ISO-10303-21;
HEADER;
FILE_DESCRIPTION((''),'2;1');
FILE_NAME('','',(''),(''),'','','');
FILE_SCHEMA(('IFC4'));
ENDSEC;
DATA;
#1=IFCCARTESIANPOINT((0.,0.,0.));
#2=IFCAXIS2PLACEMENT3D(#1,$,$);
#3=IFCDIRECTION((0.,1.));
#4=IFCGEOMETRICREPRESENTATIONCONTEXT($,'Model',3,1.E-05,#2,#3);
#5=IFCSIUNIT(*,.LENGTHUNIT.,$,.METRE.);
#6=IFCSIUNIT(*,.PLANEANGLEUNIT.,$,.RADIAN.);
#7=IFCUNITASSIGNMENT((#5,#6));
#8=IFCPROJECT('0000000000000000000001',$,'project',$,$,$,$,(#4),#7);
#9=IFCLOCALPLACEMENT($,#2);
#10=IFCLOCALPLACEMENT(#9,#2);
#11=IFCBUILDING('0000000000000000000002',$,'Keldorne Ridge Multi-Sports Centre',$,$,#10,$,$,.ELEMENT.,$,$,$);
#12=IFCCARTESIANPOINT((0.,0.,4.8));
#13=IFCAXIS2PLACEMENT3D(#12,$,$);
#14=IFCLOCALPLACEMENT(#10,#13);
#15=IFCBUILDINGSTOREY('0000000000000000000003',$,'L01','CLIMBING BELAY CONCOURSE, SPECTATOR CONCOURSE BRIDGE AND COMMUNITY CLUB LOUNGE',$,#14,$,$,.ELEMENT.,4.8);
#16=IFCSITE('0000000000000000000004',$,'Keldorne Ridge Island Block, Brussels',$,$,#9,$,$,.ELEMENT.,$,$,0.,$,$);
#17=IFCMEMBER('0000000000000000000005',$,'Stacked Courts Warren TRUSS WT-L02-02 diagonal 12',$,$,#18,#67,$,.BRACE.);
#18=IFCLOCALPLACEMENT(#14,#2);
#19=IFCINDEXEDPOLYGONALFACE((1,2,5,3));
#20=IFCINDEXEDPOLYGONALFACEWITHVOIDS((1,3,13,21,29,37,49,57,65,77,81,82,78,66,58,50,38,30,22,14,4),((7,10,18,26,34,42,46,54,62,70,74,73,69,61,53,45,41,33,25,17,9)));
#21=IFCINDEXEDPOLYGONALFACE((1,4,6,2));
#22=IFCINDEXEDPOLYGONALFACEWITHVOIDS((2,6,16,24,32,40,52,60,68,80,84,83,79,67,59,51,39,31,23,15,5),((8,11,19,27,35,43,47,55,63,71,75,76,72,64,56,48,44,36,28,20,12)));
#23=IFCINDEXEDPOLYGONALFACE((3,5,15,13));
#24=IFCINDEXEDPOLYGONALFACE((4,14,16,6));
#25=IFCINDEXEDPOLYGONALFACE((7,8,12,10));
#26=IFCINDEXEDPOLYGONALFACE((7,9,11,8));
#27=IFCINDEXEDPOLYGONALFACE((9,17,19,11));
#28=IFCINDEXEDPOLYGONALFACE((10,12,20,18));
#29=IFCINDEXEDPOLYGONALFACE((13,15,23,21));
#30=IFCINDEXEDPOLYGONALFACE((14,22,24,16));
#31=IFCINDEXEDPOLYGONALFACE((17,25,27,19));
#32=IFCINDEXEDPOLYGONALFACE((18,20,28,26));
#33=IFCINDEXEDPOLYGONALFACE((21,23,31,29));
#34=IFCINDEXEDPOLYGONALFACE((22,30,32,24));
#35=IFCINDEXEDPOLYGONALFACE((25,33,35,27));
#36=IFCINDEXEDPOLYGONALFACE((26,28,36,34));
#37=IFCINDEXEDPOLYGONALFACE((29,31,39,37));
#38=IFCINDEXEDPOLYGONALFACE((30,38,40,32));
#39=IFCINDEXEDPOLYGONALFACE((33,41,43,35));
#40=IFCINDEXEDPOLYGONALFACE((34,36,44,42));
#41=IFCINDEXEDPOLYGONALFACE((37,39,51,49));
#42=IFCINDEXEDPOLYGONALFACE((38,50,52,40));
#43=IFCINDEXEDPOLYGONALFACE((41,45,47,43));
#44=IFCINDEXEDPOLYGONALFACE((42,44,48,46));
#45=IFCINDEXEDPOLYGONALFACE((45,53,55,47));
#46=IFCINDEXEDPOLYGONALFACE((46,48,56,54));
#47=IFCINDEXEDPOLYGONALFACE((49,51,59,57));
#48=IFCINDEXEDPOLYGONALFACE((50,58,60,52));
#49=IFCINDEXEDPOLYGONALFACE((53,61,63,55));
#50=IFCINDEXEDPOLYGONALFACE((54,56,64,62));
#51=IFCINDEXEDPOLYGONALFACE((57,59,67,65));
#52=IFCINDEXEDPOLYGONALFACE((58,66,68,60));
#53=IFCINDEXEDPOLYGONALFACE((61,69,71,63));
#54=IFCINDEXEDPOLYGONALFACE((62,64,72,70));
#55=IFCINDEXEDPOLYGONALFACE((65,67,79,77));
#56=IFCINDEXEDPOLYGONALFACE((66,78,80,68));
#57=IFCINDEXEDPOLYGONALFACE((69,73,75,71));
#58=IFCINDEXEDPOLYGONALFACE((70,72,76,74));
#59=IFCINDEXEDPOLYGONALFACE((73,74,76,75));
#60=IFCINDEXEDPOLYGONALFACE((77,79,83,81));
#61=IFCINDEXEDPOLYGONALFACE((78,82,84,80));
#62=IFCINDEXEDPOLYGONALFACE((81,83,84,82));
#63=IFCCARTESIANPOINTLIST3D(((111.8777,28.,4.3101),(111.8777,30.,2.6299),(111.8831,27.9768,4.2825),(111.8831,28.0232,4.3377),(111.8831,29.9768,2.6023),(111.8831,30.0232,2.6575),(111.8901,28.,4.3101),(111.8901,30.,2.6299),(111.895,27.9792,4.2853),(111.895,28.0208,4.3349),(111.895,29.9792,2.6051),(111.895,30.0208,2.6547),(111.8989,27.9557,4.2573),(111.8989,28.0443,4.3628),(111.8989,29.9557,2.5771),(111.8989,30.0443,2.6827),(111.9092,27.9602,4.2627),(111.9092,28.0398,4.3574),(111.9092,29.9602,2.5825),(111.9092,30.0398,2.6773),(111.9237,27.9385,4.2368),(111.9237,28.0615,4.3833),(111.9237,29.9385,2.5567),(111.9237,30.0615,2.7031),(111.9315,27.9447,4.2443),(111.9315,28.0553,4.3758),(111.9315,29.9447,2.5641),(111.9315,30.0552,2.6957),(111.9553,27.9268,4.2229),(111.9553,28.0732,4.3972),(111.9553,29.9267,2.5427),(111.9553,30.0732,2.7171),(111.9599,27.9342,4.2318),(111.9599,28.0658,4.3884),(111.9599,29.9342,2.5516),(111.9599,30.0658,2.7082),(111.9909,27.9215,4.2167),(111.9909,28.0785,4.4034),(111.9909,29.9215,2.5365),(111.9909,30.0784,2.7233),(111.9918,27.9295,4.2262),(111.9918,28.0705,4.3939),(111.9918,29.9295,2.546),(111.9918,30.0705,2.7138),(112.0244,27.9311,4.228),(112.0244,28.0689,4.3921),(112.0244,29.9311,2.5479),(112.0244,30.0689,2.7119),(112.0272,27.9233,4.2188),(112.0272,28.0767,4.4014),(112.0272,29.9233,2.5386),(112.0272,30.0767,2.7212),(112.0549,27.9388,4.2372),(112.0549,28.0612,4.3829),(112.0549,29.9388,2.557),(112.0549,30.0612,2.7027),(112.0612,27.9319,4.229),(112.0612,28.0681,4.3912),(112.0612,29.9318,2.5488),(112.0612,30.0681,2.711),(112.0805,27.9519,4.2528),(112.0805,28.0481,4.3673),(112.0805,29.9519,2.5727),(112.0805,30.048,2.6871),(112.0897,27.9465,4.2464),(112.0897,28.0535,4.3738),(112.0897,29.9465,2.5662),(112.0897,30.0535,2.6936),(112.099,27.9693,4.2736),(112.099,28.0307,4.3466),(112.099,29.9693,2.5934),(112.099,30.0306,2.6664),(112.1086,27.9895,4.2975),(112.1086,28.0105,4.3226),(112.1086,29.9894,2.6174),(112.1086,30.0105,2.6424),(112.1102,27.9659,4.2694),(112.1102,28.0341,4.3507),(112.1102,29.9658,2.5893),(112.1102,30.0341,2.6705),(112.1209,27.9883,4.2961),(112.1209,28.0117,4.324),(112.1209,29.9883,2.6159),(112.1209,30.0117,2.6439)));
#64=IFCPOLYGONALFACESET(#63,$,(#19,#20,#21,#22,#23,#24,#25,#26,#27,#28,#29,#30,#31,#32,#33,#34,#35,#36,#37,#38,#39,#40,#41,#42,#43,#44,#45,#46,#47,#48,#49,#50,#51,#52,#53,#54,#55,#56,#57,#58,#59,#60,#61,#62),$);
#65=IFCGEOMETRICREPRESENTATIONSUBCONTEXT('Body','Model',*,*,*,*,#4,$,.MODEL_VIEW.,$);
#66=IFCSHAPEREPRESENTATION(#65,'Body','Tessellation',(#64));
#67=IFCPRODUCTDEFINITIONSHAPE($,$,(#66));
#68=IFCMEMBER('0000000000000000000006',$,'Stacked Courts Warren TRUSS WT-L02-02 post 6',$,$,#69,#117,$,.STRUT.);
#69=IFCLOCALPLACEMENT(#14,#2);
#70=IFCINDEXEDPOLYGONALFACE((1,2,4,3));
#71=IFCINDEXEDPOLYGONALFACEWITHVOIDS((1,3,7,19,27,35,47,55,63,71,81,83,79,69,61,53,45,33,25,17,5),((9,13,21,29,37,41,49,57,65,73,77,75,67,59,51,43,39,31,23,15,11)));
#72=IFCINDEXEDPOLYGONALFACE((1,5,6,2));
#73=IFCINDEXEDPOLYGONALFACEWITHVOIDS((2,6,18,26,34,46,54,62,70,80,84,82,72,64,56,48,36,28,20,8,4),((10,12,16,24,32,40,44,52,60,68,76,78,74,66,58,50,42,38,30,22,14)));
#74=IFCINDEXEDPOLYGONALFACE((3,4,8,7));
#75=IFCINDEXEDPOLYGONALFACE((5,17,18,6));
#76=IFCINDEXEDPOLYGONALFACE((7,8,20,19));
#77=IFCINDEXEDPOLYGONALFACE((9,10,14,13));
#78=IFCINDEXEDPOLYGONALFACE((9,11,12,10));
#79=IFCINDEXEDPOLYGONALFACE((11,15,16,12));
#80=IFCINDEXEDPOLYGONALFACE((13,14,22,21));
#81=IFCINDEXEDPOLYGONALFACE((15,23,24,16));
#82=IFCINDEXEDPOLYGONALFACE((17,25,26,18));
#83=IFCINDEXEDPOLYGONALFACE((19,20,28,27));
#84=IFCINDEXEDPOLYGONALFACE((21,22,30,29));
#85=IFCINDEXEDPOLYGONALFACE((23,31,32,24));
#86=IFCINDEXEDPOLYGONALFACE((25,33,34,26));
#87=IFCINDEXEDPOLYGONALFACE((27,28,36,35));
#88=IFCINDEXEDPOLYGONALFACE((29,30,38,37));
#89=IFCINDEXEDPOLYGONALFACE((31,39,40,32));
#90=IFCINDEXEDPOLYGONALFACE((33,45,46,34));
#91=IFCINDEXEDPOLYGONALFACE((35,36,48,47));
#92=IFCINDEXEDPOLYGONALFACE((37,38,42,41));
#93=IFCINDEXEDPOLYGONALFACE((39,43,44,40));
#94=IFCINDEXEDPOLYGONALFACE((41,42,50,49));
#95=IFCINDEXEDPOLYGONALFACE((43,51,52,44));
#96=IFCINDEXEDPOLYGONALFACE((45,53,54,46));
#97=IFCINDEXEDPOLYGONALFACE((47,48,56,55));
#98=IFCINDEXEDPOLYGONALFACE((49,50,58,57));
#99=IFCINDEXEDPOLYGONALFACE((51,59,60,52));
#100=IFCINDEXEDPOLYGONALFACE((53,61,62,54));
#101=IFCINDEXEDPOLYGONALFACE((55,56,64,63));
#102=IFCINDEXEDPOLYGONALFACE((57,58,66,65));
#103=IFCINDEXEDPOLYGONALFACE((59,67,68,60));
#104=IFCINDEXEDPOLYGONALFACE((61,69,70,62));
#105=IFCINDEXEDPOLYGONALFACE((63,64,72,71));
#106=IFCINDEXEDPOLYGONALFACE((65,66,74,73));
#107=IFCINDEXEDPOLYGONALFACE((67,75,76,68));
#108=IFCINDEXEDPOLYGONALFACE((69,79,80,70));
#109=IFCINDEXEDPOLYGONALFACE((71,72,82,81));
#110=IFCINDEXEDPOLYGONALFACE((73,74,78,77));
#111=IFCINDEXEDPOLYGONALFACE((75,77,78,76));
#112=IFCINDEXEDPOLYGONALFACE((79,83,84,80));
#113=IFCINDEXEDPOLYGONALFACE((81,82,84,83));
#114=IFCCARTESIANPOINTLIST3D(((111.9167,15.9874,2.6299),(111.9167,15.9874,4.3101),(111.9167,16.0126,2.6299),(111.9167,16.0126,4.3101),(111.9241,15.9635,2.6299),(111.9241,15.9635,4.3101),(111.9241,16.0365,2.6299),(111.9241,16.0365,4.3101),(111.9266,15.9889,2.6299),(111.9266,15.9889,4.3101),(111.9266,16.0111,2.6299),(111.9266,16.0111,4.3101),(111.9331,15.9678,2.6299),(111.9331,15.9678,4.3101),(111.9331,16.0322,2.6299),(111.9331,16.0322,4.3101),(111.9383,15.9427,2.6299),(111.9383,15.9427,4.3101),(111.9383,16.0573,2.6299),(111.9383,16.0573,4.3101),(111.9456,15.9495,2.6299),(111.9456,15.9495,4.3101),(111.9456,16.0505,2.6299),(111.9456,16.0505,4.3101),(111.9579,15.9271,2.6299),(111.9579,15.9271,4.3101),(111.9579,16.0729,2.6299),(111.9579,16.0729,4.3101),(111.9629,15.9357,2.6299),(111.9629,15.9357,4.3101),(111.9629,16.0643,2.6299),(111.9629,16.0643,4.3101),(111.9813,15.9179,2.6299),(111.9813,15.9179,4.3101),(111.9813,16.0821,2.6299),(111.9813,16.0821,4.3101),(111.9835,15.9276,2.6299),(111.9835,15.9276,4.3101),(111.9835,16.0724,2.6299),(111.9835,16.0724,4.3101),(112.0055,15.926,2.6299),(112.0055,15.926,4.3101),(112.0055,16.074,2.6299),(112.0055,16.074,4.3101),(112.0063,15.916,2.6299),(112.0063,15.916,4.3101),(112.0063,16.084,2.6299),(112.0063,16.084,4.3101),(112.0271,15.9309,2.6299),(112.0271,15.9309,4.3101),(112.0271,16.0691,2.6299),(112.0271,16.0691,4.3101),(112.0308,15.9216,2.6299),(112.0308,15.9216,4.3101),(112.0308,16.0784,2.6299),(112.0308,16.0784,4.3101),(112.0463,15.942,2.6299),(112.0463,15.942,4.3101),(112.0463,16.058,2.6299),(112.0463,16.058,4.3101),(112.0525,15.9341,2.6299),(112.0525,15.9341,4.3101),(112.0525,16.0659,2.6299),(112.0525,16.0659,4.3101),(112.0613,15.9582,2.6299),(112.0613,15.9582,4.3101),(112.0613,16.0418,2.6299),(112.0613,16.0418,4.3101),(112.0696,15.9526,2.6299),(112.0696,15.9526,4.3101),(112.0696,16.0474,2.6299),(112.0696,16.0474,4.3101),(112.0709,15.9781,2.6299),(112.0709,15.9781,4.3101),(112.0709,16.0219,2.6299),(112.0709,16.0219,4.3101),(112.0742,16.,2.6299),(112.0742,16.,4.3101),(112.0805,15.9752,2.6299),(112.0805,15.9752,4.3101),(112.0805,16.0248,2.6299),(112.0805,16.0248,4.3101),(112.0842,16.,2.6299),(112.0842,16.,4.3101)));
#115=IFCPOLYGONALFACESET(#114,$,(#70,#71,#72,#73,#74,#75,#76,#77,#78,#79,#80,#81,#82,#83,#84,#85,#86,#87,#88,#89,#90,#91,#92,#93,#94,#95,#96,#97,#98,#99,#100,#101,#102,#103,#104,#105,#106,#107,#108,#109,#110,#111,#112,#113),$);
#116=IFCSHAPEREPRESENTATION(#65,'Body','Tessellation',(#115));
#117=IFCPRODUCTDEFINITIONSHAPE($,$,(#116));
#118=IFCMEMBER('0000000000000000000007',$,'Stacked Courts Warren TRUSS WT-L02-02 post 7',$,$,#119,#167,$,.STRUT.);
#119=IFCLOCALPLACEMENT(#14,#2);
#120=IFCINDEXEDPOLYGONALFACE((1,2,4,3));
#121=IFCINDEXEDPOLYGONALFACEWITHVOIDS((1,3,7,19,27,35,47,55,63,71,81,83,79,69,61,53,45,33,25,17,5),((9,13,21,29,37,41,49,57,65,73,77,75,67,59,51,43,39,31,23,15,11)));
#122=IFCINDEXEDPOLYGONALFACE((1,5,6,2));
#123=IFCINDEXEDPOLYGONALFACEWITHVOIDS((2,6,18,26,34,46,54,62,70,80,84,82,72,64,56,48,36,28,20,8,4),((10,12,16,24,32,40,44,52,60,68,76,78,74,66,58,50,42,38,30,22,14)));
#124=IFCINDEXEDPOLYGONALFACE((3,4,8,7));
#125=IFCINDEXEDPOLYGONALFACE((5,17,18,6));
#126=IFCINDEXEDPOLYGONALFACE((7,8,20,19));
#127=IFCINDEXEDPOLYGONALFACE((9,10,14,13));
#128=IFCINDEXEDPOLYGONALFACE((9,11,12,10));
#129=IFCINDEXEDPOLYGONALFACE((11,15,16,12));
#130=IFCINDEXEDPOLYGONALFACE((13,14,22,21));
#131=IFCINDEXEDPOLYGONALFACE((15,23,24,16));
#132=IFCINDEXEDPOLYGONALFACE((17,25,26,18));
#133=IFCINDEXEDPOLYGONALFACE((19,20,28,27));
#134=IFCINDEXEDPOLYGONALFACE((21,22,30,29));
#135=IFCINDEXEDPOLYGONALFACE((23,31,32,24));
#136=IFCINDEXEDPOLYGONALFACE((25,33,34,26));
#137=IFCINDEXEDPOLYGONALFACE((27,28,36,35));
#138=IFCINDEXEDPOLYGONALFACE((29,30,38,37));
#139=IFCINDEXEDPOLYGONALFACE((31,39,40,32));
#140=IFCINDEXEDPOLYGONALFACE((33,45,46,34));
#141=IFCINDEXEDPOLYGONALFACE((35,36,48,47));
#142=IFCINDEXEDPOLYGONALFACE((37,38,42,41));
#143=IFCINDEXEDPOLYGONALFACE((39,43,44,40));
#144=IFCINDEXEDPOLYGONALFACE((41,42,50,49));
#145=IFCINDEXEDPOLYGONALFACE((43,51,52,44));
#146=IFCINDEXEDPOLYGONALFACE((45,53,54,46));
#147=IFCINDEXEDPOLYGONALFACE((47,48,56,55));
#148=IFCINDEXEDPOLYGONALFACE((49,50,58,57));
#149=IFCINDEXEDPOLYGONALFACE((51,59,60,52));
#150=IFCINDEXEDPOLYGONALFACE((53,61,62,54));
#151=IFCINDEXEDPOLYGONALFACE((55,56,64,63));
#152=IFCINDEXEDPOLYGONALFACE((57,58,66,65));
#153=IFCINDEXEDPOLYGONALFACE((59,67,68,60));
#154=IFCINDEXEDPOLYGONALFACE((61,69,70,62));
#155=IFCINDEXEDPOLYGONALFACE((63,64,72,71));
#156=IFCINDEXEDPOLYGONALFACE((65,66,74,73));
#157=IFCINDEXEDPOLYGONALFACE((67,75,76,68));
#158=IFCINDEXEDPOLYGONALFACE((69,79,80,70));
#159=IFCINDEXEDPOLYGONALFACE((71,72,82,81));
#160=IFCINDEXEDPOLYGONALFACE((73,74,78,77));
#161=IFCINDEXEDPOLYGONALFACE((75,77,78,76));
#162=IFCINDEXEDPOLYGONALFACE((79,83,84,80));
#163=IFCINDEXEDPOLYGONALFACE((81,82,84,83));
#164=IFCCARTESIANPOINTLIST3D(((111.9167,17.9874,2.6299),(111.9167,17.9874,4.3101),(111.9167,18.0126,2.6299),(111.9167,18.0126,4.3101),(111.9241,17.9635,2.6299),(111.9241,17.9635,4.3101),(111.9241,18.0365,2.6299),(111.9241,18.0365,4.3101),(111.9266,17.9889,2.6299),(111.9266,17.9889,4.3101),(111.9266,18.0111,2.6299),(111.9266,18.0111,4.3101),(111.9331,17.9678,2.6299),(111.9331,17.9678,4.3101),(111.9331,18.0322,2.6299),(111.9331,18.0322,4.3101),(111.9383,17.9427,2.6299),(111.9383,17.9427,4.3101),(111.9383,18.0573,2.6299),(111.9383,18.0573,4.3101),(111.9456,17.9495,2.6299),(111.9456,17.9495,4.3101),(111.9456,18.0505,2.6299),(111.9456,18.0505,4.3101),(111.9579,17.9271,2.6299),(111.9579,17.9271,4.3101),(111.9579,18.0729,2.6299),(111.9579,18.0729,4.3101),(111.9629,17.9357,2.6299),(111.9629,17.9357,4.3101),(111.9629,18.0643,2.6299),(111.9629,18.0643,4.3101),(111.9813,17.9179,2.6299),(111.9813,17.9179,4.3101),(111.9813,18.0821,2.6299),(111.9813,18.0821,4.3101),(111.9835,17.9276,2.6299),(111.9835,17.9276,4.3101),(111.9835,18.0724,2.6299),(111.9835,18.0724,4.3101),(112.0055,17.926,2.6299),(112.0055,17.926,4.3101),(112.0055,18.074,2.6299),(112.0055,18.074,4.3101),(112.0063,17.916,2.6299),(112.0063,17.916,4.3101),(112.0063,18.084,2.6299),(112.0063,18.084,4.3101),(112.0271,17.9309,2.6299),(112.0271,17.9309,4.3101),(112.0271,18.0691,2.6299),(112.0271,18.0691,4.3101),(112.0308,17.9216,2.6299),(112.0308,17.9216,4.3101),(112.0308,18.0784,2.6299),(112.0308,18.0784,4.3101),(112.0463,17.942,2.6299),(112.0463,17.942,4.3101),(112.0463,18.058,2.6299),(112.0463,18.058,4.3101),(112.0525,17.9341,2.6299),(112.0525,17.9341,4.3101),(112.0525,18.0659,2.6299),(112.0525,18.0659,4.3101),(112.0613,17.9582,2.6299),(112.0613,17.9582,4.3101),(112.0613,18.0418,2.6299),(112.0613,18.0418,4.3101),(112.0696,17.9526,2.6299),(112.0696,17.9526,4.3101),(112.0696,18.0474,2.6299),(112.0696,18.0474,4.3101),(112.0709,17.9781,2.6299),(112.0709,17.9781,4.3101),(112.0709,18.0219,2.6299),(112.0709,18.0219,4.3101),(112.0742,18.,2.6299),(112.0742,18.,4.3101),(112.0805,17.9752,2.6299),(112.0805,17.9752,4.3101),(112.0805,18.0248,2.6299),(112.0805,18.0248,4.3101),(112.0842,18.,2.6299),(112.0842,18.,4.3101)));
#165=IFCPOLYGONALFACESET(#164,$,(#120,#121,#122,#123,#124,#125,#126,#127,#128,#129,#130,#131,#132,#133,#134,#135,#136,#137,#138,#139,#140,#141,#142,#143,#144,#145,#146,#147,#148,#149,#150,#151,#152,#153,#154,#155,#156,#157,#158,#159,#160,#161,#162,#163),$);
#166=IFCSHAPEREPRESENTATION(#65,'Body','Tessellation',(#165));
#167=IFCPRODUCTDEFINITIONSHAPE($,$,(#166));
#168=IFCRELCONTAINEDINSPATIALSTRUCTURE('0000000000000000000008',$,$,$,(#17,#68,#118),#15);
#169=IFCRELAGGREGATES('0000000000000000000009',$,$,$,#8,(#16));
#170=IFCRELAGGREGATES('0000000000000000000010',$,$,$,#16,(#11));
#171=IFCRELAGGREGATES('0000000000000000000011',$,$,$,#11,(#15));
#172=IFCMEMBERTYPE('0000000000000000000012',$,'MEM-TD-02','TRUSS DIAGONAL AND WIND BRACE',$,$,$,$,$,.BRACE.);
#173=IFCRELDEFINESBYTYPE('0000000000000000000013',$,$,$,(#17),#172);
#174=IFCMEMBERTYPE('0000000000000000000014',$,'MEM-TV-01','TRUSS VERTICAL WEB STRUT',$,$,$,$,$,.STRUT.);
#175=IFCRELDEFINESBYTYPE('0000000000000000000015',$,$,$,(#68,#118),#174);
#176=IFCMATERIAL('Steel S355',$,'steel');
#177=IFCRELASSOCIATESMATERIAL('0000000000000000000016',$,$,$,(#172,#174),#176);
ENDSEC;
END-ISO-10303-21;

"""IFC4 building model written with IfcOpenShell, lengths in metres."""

from ifc_helpers import new_model, si_unit, direction, frame, origin, origin_2d, place, context, subcontext, project, spatial, hollow_circle, extrude, material, material_profile, profile_set, type_object, element, save


model = new_model("IFC4")

# Units and contexts
model_context = context("Model", 3, precision=1e-05, world=origin(), true_north=direction((0.0, 1.0)))
body_context = subcontext(model_context, "Body", "Model", "MODEL_VIEW")
ifc_project = project(units=[si_unit("LENGTHUNIT", "METRE"), si_unit("PLANEANGLEUNIT", "RADIAN")], contexts=[model_context])

# Site, building, storey
site_placement = place(None, origin())
site = spatial("IfcSite", under=ifc_project, at=site_placement, Name="Keldorne Ridge Island Block, Brussels", CompositionType="ELEMENT", RefElevation=0.0)
building_placement = place(site_placement, origin())
building = spatial("IfcBuilding", under=site, at=building_placement, Name="Keldorne Ridge Multi-Sports Centre", CompositionType="ELEMENT")
storey_placement = place(building_placement, frame((0.0, 0.0, 4.8)))
storey = spatial("IfcBuildingStorey", under=building, at=storey_placement, Name="L01", Description="CLIMBING BELAY CONCOURSE, SPECTATOR CONCOURSE BRIDGE AND COMMUNITY CLUB LOUNGE", CompositionType="ELEMENT", Elevation=4.8)

# Members
ifc_material_1 = material(Name="Steel S355", Category="steel")
ifc_material_profile_1 = material_profile(ifc_material_1, hollow_circle(Radius=0.1223, WallThickness=0.0125, at=origin_2d()), Name="CHS 244.5x12.5")
ifc_profile_set_1 = profile_set([ifc_material_profile_1], Name="Steel S355")
member_type_1 = type_object("IfcMemberType", Name="MEM-TD-02", Description="TRUSS DIAGONAL AND WIND BRACE", PredefinedType="BRACE", material=ifc_profile_set_1)
for number, where, z_axis, x_axis, name in (
    (1, (112.0, 28.0, 4.3101), (0.0, 0.765672, -0.643232), (-1.0, 0.0, 0.0), "Stacked Courts Warren TRUSS WT-L02-02 diagonal 12"),
):
    element("IfcMember", number, at=place(storey_placement, frame(where, z_axis=z_axis, x_axis=x_axis)), inside=storey, type_object=member_type_1, Name=name, PredefinedType="BRACE", context=body_context, shape_type="SweptSolid", body=[
        extrude(hollow_circle(Radius=0.1223, WallThickness=0.0125, at=origin_2d()), origin(), (0.0, 0.0, 1.0), 2.6121),
    ])
ifc_material_profile_2 = material_profile(ifc_material_1, hollow_circle(Radius=0.0842, WallThickness=0.01, at=origin_2d()), Name="CHS 168.3x10")
ifc_profile_set_2 = profile_set([ifc_material_profile_2], Name="Steel S355")
member_type_2 = type_object("IfcMemberType", Name="MEM-TV-01", Description="TRUSS VERTICAL WEB STRUT", PredefinedType="STRUT", material=ifc_profile_set_2)
for number, where, z_axis, x_axis, name in (
    (2, (112.0, 16.0, 2.6299), (0.0, 0.0, 1.0), (1.0, 0.0, 0.0), "Stacked Courts Warren TRUSS WT-L02-02 post 6"),
    (3, (112.0, 18.0, 2.6299), (0.0, 0.0, 1.0), (1.0, 0.0, 0.0), "Stacked Courts Warren TRUSS WT-L02-02 post 7"),
):
    element("IfcMember", number, at=place(storey_placement, frame(where, z_axis=z_axis, x_axis=x_axis)), inside=storey, type_object=member_type_2, Name=name, PredefinedType="STRUT", context=body_context, shape_type="SweptSolid", body=[
        extrude(hollow_circle(Radius=0.0842, WallThickness=0.01, at=origin_2d()), origin(), (0.0, 0.0, 1.0), 1.6802),
    ])

save(model, "model.ifc")
